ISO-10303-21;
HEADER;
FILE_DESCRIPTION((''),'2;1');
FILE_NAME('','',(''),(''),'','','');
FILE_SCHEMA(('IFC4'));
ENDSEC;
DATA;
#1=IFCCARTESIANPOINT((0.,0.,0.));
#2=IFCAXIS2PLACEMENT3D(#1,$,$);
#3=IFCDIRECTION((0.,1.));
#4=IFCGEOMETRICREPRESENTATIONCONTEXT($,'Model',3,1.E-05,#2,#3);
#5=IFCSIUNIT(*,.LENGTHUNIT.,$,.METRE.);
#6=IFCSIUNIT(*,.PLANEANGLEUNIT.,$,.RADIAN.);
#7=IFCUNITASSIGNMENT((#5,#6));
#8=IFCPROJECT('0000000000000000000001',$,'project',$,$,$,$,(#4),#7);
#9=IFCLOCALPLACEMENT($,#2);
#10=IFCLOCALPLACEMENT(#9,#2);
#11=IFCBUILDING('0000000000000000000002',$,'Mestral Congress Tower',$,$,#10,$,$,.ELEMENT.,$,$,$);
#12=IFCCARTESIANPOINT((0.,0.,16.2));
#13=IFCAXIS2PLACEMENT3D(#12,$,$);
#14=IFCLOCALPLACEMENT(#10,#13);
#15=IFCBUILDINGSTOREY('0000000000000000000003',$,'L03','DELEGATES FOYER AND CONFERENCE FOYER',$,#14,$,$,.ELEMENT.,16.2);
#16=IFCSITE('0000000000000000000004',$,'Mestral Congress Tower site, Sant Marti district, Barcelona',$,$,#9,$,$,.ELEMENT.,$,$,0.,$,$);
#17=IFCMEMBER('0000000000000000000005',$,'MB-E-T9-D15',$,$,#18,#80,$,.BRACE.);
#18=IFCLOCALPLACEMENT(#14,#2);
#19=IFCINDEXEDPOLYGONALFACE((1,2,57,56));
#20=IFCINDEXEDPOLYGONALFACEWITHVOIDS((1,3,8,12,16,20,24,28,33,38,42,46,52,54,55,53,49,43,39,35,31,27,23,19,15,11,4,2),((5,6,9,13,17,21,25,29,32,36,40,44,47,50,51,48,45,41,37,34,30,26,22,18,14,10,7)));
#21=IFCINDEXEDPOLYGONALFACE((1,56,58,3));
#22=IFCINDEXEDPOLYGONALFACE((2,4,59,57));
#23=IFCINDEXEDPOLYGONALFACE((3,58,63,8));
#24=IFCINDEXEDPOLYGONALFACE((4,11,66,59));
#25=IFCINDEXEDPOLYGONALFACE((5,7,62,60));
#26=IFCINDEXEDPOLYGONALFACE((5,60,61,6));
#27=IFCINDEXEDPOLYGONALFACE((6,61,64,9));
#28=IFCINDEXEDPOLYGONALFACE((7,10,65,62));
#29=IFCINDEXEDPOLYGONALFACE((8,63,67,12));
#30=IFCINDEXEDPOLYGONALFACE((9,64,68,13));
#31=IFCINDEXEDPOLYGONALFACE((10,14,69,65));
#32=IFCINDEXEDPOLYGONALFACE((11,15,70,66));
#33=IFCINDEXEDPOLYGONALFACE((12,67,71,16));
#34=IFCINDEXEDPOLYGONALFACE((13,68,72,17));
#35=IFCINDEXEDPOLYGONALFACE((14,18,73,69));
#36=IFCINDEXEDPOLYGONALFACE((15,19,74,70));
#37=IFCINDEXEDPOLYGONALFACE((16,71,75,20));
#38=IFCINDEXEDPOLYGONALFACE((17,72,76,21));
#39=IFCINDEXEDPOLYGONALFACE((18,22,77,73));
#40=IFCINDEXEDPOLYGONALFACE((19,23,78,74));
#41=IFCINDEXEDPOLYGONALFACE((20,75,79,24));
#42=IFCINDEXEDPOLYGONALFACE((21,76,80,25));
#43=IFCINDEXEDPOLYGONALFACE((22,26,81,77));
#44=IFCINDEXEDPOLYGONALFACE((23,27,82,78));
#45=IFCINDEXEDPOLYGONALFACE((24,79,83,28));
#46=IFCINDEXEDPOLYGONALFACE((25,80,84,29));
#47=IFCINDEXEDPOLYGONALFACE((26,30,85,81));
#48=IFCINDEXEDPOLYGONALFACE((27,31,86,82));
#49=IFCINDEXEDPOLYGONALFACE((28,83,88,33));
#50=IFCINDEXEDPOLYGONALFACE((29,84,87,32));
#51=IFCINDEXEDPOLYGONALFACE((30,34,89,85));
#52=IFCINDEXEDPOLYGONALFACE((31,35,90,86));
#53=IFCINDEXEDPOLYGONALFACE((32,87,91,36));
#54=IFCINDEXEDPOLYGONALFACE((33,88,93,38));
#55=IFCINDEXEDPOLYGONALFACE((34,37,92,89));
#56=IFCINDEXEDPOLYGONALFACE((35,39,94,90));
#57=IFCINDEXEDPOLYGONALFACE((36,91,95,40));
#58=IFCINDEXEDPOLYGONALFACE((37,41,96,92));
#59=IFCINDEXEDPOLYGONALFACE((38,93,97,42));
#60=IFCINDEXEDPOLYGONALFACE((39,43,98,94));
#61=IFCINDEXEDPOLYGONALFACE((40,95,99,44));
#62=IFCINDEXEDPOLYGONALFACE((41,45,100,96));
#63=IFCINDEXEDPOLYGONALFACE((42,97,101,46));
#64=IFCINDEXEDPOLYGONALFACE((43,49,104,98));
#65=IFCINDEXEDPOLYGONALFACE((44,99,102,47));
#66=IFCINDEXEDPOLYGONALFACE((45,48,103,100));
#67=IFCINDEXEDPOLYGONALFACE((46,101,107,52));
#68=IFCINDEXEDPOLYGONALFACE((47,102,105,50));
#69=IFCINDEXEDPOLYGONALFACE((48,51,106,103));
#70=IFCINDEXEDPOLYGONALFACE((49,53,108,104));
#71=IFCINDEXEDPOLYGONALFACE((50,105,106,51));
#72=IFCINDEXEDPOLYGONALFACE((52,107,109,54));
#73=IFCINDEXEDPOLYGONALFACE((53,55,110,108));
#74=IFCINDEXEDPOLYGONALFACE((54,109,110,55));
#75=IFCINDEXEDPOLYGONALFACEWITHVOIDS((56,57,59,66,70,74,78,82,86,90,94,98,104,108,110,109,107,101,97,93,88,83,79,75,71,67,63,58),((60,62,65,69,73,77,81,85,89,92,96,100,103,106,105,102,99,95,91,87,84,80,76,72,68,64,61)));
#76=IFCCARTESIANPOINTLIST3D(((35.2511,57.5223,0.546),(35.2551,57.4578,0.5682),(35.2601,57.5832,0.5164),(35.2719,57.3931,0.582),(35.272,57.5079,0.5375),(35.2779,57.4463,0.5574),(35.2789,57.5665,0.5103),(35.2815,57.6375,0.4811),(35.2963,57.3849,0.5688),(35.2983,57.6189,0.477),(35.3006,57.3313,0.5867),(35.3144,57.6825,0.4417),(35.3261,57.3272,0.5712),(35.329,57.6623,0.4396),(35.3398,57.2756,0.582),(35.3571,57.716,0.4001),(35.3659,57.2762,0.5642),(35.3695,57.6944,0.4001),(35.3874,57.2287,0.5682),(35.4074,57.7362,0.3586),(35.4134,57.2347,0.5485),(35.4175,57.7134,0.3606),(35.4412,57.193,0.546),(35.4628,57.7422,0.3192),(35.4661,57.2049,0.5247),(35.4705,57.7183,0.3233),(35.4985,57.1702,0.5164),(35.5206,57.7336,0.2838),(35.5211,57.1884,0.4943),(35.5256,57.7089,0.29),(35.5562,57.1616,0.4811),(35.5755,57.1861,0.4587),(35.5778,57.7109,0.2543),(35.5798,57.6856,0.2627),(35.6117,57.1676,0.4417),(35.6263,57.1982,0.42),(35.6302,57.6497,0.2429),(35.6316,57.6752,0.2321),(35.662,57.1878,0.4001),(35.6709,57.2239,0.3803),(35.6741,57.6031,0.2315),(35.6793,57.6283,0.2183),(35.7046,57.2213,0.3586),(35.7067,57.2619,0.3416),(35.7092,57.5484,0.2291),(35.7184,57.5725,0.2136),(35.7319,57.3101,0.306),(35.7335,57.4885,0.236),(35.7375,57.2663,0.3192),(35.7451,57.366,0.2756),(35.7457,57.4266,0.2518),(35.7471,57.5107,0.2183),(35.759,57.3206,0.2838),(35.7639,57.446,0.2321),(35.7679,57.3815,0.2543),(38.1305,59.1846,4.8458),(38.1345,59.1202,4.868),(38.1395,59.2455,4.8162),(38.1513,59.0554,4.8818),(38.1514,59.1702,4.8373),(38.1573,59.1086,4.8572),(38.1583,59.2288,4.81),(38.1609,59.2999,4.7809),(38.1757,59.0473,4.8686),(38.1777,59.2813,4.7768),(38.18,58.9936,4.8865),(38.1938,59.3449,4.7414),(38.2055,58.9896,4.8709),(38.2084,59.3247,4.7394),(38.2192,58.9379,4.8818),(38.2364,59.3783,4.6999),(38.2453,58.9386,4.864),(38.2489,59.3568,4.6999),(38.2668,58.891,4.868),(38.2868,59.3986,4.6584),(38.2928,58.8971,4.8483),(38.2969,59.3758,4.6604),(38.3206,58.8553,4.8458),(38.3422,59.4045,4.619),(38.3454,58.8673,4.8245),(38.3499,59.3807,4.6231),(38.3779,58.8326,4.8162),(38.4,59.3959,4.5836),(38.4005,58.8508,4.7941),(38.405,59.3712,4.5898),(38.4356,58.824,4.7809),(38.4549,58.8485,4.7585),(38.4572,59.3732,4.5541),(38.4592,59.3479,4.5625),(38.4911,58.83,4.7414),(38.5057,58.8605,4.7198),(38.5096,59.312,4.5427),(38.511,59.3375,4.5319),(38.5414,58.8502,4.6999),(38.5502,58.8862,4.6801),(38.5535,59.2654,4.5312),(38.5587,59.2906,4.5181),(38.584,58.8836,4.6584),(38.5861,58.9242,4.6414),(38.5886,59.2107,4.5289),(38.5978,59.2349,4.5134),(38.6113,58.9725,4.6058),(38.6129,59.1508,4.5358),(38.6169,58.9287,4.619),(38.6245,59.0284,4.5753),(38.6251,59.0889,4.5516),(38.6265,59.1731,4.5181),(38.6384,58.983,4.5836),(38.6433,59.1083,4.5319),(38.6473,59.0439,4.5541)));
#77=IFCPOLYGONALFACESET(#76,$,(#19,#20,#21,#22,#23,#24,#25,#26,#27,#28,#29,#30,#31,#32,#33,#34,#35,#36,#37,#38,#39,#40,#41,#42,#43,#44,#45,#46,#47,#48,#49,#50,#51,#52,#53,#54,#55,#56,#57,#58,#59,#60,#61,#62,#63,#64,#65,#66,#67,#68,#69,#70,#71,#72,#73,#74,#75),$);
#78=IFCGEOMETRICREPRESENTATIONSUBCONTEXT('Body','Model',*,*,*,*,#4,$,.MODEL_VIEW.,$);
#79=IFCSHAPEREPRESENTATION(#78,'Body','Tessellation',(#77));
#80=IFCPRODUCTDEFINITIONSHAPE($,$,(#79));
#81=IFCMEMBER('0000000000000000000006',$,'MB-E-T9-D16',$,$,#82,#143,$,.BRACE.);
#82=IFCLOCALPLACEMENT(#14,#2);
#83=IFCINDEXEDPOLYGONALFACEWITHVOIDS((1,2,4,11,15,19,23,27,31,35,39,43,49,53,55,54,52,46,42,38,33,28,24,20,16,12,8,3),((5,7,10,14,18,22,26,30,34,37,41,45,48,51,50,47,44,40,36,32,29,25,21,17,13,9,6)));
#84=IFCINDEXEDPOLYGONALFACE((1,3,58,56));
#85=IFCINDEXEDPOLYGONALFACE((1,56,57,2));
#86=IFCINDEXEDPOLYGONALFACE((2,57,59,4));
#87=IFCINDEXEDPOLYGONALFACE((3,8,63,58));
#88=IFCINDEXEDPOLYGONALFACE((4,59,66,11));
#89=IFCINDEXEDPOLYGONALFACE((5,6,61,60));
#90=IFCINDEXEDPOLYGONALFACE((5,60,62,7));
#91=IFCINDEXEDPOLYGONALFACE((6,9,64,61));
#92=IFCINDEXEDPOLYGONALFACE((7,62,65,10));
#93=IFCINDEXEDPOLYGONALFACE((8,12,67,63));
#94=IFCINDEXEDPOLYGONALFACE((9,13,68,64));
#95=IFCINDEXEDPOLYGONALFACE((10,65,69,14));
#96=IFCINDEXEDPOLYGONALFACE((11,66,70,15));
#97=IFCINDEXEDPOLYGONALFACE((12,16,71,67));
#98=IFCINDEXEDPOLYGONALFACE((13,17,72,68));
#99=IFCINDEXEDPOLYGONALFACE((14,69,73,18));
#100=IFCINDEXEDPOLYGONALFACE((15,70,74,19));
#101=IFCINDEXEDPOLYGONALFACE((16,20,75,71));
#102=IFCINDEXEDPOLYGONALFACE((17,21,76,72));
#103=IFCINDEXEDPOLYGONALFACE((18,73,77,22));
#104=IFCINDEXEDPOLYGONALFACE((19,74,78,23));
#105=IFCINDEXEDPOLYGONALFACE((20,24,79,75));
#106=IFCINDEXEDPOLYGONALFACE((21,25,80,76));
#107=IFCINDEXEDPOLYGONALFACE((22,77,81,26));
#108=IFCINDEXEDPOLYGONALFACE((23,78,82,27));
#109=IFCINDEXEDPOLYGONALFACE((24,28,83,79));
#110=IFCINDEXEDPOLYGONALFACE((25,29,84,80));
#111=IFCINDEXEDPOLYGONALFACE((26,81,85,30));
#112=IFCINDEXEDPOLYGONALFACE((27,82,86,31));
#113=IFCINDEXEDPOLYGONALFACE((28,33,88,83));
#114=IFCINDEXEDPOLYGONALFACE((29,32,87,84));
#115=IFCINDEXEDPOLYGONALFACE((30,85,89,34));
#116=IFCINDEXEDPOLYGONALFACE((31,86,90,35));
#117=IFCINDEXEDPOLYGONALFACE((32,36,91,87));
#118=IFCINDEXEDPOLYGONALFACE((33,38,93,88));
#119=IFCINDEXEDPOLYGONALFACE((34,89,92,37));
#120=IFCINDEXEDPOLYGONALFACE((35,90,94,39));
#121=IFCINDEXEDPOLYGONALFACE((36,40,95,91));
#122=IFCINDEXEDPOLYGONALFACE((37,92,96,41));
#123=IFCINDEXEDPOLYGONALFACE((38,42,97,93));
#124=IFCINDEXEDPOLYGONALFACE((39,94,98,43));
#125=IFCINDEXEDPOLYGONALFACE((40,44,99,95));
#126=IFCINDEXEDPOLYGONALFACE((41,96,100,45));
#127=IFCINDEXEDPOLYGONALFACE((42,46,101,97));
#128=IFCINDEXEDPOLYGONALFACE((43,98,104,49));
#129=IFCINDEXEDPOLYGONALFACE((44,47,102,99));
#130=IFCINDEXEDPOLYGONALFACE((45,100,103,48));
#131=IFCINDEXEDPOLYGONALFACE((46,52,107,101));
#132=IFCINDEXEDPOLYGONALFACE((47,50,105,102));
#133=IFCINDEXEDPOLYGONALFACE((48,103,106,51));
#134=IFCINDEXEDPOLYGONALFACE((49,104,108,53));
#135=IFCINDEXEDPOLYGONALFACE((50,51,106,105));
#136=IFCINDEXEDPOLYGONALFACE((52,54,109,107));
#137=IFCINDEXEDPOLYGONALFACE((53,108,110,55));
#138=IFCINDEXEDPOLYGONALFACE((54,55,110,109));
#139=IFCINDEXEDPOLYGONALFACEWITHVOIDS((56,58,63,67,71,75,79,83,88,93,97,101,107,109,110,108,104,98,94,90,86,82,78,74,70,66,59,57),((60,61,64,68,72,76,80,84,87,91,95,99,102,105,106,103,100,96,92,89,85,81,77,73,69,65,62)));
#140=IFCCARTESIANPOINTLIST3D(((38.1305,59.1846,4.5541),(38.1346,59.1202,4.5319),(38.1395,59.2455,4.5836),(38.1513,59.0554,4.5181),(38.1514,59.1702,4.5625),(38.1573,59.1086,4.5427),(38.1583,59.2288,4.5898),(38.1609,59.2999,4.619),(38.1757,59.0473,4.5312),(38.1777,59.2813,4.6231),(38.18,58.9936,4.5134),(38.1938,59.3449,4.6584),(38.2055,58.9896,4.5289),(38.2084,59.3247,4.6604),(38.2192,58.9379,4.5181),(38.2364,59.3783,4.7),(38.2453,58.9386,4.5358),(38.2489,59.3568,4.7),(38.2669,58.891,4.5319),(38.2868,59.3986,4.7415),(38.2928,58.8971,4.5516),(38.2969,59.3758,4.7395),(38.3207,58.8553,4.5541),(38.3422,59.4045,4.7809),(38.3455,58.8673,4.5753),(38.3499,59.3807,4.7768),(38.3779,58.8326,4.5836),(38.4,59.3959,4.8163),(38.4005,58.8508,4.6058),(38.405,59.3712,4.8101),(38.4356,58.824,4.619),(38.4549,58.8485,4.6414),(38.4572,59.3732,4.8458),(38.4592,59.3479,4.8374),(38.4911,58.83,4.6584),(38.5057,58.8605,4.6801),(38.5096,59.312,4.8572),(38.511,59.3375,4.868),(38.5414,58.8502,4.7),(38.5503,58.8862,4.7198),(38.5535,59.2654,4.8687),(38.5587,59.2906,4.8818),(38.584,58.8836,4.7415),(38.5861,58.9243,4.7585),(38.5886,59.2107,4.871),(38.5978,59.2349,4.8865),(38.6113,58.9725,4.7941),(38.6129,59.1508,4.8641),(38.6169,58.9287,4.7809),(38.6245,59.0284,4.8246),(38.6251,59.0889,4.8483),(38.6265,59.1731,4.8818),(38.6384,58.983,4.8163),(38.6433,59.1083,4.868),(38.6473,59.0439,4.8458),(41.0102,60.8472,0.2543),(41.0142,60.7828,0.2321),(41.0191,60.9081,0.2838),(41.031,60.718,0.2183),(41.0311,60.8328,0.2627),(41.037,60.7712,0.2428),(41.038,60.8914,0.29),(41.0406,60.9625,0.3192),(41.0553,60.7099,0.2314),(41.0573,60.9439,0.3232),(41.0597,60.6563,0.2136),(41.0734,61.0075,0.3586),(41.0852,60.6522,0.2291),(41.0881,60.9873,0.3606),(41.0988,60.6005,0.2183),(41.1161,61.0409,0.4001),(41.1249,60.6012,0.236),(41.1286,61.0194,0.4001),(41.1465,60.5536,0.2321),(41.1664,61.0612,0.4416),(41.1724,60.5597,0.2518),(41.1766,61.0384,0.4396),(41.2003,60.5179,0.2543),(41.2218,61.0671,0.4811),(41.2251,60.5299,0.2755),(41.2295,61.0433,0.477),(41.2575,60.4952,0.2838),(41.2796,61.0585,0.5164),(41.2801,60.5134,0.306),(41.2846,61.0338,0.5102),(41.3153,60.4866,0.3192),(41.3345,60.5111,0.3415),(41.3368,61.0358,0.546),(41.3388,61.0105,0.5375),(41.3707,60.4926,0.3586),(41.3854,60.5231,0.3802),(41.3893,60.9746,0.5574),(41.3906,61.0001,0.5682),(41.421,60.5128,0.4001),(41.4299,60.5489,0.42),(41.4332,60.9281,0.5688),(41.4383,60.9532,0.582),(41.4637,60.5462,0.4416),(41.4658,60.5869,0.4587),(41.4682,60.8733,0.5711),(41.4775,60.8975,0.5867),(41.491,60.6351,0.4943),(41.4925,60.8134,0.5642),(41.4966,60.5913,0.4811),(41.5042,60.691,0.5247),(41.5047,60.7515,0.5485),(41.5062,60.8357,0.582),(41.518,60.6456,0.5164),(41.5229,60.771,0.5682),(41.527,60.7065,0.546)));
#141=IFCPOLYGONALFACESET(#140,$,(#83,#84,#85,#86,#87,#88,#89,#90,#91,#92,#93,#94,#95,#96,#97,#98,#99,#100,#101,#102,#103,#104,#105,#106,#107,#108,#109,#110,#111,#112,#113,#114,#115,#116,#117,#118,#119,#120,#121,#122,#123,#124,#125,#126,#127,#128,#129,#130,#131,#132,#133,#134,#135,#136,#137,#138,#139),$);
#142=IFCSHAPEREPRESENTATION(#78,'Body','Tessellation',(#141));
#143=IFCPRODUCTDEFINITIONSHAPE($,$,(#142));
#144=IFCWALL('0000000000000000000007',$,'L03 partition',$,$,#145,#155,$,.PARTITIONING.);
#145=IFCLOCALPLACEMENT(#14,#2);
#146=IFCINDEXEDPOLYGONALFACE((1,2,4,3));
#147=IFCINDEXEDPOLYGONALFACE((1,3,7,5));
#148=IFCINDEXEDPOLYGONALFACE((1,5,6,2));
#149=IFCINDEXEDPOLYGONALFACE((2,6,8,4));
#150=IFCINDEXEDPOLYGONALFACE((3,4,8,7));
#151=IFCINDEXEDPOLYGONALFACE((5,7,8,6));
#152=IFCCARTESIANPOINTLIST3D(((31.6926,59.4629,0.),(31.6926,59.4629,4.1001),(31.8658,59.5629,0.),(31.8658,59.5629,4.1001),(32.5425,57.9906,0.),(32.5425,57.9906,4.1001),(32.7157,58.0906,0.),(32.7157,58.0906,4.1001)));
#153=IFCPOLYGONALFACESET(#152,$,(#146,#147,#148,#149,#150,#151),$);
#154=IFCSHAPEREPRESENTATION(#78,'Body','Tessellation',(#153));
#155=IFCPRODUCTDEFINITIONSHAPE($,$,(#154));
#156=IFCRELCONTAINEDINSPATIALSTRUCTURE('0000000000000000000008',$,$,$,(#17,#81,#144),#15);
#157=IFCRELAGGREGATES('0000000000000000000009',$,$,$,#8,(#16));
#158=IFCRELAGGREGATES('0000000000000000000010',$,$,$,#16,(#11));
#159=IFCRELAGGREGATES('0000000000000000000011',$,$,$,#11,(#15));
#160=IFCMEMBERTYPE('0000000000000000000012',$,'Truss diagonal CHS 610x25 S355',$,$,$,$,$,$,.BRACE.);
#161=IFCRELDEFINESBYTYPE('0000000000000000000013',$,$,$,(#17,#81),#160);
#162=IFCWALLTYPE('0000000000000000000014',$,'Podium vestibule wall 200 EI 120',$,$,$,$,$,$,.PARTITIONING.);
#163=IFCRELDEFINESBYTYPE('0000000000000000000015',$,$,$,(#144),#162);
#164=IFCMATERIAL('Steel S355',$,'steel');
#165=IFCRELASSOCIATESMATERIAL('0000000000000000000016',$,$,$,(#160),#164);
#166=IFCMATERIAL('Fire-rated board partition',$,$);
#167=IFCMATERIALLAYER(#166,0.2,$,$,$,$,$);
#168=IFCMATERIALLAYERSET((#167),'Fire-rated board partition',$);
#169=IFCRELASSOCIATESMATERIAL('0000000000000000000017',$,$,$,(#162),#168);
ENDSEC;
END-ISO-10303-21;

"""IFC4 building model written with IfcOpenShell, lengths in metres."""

from ifc_helpers import new_model, si_unit, direction, frame, frame_2d, origin, origin_2d, place, context, subcontext, project, spatial, rectangle, hollow_circle, extrude, material, layer, layer_set, material_profile, profile_set, type_object, element, save


model = new_model("IFC4")

# Units and contexts
model_context = context("Model", 3, precision=1e-05, world=origin(), true_north=direction((0.0, 1.0)))
body_context = subcontext(model_context, "Body", "Model", "MODEL_VIEW")
ifc_project = project(units=[si_unit("LENGTHUNIT", "METRE"), si_unit("PLANEANGLEUNIT", "RADIAN")], contexts=[model_context])

# Site, building, storey
site_placement = place(None, origin())
site = spatial("IfcSite", under=ifc_project, at=site_placement, Name="Mestral Congress Tower site, Sant Marti district, Barcelona", CompositionType="ELEMENT", RefElevation=0.0)
building_placement = place(site_placement, origin())
building = spatial("IfcBuilding", under=site, at=building_placement, Name="Mestral Congress Tower", CompositionType="ELEMENT")
storey_placement = place(building_placement, frame((0.0, 0.0, 16.2)))
storey = spatial("IfcBuildingStorey", under=building, at=storey_placement, Name="L03", Description="DELEGATES FOYER AND CONFERENCE FOYER", CompositionType="ELEMENT", Elevation=16.2)

# Members
ifc_material_1 = material(Name="Steel S355", Category="steel")
ifc_material_profile_1 = material_profile(ifc_material_1, hollow_circle(Radius=0.3049, WallThickness=0.0249, at=origin_2d()), Name="CHS 610x25")
ifc_profile_set_1 = profile_set([ifc_material_profile_1], Name="Steel S355")
member_type_1 = type_object("IfcMemberType", Name="Truss diagonal CHS 610x25 S355", PredefinedType="BRACE", material=ifc_profile_set_1)
member_1_placement = place(storey_placement, frame((35.5095, 57.4519, 0.4001), z_axis=(0.529757, 0.305843, 0.791087), x_axis=(-0.499985, 0.866034, 0.0)))
element("IfcMember", 1, at=member_1_placement, inside=storey, type_object=member_type_1, Name="MB-E-T9-D15", PredefinedType="BRACE", context=body_context, shape_type="SweptSolid", body=[
    extrude(hollow_circle(Radius=0.3049, WallThickness=0.0249, at=origin_2d()), origin(), (0.0, 0.0, 1.0), 5.4353),
])
member_2_placement = place(storey_placement, frame((38.3889, 59.1143, 4.7), z_axis=(0.529782, 0.305877, -0.791057), x_axis=(-0.500008, 0.866021, 0.0)))
element("IfcMember", 2, at=member_2_placement, inside=storey, type_object=member_type_1, Name="MB-E-T9-D16", PredefinedType="BRACE", context=body_context, shape_type="SweptSolid", body=[
    extrude(hollow_circle(Radius=0.3049, WallThickness=0.0249, at=origin_2d()), origin(), (0.0, 0.0, 1.0), 5.4355),
])

# Wall
ifc_material_2 = material(Name="Fire-rated board partition")
ifc_layer = layer(ifc_material_2, 0.2)
ifc_layer_set = layer_set([ifc_layer], Name="Fire-rated board partition")
wall_type = type_object("IfcWallType", Name="Podium vestibule wall 200 EI 120", PredefinedType="PARTITIONING", material=ifc_layer_set)
wall_placement = place(storey_placement, frame((32.6292, 58.0405, 0.0), z_axis=(0.0, 0.0, 1.0), x_axis=(-0.499955, 0.866052, 0.0)))
element("IfcWall", 3, at=wall_placement, inside=storey, type_object=wall_type, Name="L03 partition", PredefinedType="PARTITIONING", context=body_context, shape_type="SweptSolid", body=[
    extrude(rectangle(XDim=1.7, YDim=0.2, at=frame_2d((0.8501, 0.0))), origin(), (0.0, 0.0, 1.0), 4.1001),
])

save(model, "model.ifc")
